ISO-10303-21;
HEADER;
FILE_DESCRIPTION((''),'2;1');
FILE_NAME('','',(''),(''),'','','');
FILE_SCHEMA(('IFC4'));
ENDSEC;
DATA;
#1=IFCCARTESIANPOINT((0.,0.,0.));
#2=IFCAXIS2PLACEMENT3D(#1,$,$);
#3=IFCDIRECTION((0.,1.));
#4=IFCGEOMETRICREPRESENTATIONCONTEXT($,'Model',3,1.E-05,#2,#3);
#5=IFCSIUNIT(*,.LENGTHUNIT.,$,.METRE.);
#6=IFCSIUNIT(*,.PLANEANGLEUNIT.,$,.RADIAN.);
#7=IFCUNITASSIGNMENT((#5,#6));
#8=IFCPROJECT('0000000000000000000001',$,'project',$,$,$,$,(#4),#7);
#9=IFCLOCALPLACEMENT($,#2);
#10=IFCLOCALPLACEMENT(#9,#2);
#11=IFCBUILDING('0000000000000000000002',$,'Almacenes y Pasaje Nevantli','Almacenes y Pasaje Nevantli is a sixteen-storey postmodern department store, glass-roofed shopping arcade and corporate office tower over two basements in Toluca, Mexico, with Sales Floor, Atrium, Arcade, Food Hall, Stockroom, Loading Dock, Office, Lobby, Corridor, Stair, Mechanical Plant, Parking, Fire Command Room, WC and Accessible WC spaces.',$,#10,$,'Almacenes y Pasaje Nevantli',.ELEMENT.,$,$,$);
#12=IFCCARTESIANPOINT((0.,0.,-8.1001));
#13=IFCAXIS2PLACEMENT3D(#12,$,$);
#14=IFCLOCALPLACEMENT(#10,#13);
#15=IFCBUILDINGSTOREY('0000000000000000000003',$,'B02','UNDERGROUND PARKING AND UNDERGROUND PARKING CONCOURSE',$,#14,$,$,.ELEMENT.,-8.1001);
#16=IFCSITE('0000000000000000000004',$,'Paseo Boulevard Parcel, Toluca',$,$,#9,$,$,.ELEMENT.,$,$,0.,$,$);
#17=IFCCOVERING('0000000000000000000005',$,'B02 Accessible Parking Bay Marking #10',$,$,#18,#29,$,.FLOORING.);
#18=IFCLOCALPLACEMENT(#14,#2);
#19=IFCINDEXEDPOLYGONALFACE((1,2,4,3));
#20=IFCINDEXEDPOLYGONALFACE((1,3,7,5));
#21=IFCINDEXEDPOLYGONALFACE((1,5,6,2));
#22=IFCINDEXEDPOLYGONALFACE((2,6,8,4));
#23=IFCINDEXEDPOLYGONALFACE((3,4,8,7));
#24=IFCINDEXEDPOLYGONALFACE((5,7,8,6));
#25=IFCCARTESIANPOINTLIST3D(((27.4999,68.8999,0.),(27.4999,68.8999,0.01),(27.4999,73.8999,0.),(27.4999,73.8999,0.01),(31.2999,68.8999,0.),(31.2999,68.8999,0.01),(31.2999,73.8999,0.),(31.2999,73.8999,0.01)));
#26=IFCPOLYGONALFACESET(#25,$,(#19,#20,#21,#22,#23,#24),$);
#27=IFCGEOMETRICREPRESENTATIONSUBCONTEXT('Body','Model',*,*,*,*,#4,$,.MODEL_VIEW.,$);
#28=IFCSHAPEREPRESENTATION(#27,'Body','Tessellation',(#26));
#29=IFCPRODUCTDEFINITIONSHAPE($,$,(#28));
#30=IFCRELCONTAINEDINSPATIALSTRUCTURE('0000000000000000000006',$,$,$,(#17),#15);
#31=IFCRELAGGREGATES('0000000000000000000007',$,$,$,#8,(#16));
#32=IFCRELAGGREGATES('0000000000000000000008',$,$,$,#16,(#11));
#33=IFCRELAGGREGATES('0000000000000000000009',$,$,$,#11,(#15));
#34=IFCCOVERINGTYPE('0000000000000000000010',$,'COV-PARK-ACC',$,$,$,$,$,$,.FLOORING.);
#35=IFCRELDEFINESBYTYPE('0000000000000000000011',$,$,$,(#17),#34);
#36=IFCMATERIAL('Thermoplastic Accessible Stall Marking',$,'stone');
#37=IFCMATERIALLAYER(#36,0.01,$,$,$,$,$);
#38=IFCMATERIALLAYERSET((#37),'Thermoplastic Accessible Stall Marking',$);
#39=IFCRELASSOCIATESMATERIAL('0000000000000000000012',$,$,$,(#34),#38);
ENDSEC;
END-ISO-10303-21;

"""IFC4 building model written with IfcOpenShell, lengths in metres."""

from ifc_helpers import new_model, si_unit, direction, frame, origin, origin_2d, place, context, subcontext, project, spatial, rectangle, extrude, material, layer, layer_set, type_object, element, save


model = new_model("IFC4")

# Units and contexts
model_context = context("Model", 3, precision=1e-05, world=origin(), true_north=direction((0.0, 1.0)))
body_context = subcontext(model_context, "Body", "Model", "MODEL_VIEW")
ifc_project = project(units=[si_unit("LENGTHUNIT", "METRE"), si_unit("PLANEANGLEUNIT", "RADIAN")], contexts=[model_context])

# Site, building, storey
site_placement = place(None, origin())
site = spatial("IfcSite", under=ifc_project, at=site_placement, Name="Paseo Boulevard Parcel, Toluca", CompositionType="ELEMENT", RefElevation=0.0)
building_placement = place(site_placement, origin())
building = spatial("IfcBuilding", under=site, at=building_placement, Name="Almacenes y Pasaje Nevantli", Description="Almacenes y Pasaje Nevantli is a sixteen-storey postmodern department store, glass-roofed shopping arcade and corporate office tower over two basements in Toluca, Mexico, with Sales Floor, Atrium, Arcade, Food Hall, Stockroom, Loading Dock, Office, Lobby, Corridor, Stair, Mechanical Plant, Parking, Fire Command Room, WC and Accessible WC spaces.", LongName="Almacenes y Pasaje Nevantli", CompositionType="ELEMENT")
storey_placement = place(building_placement, frame((0.0, 0.0, -8.1001)))
storey = spatial("IfcBuildingStorey", under=building, at=storey_placement, Name="B02", Description="UNDERGROUND PARKING AND UNDERGROUND PARKING CONCOURSE", CompositionType="ELEMENT", Elevation=-8.1001)

# Covering
ifc_material_1 = material(Name="Thermoplastic Accessible Stall Marking", Category="stone")
ifc_layer_1 = layer(ifc_material_1, 0.01)
ifc_layer_set_1 = layer_set([ifc_layer_1], Name="Thermoplastic Accessible Stall Marking")
covering_type = type_object("IfcCoveringType", Name="COV-PARK-ACC", PredefinedType="FLOORING", material=ifc_layer_set_1)
for number, where, z_axis, x_axis, name in (
    (1, (29.3999, 71.3999, 0.0), (0.0, 0.0, 1.0), (1.0, 0.0, 0.0), "B02 Accessible Parking Bay Marking #10"),
):
    element("IfcCovering", number, at=place(storey_placement, frame(where, z_axis=z_axis, x_axis=x_axis)), inside=storey, type_object=covering_type, Name=name, PredefinedType="FLOORING", context=body_context, shape_type="SweptSolid", body=[
        extrude(rectangle(XDim=3.8, YDim=5.0, at=origin_2d()), origin(), (0.0, 0.0, 1.0), 0.01),
    ])

save(model, "model.ifc")
